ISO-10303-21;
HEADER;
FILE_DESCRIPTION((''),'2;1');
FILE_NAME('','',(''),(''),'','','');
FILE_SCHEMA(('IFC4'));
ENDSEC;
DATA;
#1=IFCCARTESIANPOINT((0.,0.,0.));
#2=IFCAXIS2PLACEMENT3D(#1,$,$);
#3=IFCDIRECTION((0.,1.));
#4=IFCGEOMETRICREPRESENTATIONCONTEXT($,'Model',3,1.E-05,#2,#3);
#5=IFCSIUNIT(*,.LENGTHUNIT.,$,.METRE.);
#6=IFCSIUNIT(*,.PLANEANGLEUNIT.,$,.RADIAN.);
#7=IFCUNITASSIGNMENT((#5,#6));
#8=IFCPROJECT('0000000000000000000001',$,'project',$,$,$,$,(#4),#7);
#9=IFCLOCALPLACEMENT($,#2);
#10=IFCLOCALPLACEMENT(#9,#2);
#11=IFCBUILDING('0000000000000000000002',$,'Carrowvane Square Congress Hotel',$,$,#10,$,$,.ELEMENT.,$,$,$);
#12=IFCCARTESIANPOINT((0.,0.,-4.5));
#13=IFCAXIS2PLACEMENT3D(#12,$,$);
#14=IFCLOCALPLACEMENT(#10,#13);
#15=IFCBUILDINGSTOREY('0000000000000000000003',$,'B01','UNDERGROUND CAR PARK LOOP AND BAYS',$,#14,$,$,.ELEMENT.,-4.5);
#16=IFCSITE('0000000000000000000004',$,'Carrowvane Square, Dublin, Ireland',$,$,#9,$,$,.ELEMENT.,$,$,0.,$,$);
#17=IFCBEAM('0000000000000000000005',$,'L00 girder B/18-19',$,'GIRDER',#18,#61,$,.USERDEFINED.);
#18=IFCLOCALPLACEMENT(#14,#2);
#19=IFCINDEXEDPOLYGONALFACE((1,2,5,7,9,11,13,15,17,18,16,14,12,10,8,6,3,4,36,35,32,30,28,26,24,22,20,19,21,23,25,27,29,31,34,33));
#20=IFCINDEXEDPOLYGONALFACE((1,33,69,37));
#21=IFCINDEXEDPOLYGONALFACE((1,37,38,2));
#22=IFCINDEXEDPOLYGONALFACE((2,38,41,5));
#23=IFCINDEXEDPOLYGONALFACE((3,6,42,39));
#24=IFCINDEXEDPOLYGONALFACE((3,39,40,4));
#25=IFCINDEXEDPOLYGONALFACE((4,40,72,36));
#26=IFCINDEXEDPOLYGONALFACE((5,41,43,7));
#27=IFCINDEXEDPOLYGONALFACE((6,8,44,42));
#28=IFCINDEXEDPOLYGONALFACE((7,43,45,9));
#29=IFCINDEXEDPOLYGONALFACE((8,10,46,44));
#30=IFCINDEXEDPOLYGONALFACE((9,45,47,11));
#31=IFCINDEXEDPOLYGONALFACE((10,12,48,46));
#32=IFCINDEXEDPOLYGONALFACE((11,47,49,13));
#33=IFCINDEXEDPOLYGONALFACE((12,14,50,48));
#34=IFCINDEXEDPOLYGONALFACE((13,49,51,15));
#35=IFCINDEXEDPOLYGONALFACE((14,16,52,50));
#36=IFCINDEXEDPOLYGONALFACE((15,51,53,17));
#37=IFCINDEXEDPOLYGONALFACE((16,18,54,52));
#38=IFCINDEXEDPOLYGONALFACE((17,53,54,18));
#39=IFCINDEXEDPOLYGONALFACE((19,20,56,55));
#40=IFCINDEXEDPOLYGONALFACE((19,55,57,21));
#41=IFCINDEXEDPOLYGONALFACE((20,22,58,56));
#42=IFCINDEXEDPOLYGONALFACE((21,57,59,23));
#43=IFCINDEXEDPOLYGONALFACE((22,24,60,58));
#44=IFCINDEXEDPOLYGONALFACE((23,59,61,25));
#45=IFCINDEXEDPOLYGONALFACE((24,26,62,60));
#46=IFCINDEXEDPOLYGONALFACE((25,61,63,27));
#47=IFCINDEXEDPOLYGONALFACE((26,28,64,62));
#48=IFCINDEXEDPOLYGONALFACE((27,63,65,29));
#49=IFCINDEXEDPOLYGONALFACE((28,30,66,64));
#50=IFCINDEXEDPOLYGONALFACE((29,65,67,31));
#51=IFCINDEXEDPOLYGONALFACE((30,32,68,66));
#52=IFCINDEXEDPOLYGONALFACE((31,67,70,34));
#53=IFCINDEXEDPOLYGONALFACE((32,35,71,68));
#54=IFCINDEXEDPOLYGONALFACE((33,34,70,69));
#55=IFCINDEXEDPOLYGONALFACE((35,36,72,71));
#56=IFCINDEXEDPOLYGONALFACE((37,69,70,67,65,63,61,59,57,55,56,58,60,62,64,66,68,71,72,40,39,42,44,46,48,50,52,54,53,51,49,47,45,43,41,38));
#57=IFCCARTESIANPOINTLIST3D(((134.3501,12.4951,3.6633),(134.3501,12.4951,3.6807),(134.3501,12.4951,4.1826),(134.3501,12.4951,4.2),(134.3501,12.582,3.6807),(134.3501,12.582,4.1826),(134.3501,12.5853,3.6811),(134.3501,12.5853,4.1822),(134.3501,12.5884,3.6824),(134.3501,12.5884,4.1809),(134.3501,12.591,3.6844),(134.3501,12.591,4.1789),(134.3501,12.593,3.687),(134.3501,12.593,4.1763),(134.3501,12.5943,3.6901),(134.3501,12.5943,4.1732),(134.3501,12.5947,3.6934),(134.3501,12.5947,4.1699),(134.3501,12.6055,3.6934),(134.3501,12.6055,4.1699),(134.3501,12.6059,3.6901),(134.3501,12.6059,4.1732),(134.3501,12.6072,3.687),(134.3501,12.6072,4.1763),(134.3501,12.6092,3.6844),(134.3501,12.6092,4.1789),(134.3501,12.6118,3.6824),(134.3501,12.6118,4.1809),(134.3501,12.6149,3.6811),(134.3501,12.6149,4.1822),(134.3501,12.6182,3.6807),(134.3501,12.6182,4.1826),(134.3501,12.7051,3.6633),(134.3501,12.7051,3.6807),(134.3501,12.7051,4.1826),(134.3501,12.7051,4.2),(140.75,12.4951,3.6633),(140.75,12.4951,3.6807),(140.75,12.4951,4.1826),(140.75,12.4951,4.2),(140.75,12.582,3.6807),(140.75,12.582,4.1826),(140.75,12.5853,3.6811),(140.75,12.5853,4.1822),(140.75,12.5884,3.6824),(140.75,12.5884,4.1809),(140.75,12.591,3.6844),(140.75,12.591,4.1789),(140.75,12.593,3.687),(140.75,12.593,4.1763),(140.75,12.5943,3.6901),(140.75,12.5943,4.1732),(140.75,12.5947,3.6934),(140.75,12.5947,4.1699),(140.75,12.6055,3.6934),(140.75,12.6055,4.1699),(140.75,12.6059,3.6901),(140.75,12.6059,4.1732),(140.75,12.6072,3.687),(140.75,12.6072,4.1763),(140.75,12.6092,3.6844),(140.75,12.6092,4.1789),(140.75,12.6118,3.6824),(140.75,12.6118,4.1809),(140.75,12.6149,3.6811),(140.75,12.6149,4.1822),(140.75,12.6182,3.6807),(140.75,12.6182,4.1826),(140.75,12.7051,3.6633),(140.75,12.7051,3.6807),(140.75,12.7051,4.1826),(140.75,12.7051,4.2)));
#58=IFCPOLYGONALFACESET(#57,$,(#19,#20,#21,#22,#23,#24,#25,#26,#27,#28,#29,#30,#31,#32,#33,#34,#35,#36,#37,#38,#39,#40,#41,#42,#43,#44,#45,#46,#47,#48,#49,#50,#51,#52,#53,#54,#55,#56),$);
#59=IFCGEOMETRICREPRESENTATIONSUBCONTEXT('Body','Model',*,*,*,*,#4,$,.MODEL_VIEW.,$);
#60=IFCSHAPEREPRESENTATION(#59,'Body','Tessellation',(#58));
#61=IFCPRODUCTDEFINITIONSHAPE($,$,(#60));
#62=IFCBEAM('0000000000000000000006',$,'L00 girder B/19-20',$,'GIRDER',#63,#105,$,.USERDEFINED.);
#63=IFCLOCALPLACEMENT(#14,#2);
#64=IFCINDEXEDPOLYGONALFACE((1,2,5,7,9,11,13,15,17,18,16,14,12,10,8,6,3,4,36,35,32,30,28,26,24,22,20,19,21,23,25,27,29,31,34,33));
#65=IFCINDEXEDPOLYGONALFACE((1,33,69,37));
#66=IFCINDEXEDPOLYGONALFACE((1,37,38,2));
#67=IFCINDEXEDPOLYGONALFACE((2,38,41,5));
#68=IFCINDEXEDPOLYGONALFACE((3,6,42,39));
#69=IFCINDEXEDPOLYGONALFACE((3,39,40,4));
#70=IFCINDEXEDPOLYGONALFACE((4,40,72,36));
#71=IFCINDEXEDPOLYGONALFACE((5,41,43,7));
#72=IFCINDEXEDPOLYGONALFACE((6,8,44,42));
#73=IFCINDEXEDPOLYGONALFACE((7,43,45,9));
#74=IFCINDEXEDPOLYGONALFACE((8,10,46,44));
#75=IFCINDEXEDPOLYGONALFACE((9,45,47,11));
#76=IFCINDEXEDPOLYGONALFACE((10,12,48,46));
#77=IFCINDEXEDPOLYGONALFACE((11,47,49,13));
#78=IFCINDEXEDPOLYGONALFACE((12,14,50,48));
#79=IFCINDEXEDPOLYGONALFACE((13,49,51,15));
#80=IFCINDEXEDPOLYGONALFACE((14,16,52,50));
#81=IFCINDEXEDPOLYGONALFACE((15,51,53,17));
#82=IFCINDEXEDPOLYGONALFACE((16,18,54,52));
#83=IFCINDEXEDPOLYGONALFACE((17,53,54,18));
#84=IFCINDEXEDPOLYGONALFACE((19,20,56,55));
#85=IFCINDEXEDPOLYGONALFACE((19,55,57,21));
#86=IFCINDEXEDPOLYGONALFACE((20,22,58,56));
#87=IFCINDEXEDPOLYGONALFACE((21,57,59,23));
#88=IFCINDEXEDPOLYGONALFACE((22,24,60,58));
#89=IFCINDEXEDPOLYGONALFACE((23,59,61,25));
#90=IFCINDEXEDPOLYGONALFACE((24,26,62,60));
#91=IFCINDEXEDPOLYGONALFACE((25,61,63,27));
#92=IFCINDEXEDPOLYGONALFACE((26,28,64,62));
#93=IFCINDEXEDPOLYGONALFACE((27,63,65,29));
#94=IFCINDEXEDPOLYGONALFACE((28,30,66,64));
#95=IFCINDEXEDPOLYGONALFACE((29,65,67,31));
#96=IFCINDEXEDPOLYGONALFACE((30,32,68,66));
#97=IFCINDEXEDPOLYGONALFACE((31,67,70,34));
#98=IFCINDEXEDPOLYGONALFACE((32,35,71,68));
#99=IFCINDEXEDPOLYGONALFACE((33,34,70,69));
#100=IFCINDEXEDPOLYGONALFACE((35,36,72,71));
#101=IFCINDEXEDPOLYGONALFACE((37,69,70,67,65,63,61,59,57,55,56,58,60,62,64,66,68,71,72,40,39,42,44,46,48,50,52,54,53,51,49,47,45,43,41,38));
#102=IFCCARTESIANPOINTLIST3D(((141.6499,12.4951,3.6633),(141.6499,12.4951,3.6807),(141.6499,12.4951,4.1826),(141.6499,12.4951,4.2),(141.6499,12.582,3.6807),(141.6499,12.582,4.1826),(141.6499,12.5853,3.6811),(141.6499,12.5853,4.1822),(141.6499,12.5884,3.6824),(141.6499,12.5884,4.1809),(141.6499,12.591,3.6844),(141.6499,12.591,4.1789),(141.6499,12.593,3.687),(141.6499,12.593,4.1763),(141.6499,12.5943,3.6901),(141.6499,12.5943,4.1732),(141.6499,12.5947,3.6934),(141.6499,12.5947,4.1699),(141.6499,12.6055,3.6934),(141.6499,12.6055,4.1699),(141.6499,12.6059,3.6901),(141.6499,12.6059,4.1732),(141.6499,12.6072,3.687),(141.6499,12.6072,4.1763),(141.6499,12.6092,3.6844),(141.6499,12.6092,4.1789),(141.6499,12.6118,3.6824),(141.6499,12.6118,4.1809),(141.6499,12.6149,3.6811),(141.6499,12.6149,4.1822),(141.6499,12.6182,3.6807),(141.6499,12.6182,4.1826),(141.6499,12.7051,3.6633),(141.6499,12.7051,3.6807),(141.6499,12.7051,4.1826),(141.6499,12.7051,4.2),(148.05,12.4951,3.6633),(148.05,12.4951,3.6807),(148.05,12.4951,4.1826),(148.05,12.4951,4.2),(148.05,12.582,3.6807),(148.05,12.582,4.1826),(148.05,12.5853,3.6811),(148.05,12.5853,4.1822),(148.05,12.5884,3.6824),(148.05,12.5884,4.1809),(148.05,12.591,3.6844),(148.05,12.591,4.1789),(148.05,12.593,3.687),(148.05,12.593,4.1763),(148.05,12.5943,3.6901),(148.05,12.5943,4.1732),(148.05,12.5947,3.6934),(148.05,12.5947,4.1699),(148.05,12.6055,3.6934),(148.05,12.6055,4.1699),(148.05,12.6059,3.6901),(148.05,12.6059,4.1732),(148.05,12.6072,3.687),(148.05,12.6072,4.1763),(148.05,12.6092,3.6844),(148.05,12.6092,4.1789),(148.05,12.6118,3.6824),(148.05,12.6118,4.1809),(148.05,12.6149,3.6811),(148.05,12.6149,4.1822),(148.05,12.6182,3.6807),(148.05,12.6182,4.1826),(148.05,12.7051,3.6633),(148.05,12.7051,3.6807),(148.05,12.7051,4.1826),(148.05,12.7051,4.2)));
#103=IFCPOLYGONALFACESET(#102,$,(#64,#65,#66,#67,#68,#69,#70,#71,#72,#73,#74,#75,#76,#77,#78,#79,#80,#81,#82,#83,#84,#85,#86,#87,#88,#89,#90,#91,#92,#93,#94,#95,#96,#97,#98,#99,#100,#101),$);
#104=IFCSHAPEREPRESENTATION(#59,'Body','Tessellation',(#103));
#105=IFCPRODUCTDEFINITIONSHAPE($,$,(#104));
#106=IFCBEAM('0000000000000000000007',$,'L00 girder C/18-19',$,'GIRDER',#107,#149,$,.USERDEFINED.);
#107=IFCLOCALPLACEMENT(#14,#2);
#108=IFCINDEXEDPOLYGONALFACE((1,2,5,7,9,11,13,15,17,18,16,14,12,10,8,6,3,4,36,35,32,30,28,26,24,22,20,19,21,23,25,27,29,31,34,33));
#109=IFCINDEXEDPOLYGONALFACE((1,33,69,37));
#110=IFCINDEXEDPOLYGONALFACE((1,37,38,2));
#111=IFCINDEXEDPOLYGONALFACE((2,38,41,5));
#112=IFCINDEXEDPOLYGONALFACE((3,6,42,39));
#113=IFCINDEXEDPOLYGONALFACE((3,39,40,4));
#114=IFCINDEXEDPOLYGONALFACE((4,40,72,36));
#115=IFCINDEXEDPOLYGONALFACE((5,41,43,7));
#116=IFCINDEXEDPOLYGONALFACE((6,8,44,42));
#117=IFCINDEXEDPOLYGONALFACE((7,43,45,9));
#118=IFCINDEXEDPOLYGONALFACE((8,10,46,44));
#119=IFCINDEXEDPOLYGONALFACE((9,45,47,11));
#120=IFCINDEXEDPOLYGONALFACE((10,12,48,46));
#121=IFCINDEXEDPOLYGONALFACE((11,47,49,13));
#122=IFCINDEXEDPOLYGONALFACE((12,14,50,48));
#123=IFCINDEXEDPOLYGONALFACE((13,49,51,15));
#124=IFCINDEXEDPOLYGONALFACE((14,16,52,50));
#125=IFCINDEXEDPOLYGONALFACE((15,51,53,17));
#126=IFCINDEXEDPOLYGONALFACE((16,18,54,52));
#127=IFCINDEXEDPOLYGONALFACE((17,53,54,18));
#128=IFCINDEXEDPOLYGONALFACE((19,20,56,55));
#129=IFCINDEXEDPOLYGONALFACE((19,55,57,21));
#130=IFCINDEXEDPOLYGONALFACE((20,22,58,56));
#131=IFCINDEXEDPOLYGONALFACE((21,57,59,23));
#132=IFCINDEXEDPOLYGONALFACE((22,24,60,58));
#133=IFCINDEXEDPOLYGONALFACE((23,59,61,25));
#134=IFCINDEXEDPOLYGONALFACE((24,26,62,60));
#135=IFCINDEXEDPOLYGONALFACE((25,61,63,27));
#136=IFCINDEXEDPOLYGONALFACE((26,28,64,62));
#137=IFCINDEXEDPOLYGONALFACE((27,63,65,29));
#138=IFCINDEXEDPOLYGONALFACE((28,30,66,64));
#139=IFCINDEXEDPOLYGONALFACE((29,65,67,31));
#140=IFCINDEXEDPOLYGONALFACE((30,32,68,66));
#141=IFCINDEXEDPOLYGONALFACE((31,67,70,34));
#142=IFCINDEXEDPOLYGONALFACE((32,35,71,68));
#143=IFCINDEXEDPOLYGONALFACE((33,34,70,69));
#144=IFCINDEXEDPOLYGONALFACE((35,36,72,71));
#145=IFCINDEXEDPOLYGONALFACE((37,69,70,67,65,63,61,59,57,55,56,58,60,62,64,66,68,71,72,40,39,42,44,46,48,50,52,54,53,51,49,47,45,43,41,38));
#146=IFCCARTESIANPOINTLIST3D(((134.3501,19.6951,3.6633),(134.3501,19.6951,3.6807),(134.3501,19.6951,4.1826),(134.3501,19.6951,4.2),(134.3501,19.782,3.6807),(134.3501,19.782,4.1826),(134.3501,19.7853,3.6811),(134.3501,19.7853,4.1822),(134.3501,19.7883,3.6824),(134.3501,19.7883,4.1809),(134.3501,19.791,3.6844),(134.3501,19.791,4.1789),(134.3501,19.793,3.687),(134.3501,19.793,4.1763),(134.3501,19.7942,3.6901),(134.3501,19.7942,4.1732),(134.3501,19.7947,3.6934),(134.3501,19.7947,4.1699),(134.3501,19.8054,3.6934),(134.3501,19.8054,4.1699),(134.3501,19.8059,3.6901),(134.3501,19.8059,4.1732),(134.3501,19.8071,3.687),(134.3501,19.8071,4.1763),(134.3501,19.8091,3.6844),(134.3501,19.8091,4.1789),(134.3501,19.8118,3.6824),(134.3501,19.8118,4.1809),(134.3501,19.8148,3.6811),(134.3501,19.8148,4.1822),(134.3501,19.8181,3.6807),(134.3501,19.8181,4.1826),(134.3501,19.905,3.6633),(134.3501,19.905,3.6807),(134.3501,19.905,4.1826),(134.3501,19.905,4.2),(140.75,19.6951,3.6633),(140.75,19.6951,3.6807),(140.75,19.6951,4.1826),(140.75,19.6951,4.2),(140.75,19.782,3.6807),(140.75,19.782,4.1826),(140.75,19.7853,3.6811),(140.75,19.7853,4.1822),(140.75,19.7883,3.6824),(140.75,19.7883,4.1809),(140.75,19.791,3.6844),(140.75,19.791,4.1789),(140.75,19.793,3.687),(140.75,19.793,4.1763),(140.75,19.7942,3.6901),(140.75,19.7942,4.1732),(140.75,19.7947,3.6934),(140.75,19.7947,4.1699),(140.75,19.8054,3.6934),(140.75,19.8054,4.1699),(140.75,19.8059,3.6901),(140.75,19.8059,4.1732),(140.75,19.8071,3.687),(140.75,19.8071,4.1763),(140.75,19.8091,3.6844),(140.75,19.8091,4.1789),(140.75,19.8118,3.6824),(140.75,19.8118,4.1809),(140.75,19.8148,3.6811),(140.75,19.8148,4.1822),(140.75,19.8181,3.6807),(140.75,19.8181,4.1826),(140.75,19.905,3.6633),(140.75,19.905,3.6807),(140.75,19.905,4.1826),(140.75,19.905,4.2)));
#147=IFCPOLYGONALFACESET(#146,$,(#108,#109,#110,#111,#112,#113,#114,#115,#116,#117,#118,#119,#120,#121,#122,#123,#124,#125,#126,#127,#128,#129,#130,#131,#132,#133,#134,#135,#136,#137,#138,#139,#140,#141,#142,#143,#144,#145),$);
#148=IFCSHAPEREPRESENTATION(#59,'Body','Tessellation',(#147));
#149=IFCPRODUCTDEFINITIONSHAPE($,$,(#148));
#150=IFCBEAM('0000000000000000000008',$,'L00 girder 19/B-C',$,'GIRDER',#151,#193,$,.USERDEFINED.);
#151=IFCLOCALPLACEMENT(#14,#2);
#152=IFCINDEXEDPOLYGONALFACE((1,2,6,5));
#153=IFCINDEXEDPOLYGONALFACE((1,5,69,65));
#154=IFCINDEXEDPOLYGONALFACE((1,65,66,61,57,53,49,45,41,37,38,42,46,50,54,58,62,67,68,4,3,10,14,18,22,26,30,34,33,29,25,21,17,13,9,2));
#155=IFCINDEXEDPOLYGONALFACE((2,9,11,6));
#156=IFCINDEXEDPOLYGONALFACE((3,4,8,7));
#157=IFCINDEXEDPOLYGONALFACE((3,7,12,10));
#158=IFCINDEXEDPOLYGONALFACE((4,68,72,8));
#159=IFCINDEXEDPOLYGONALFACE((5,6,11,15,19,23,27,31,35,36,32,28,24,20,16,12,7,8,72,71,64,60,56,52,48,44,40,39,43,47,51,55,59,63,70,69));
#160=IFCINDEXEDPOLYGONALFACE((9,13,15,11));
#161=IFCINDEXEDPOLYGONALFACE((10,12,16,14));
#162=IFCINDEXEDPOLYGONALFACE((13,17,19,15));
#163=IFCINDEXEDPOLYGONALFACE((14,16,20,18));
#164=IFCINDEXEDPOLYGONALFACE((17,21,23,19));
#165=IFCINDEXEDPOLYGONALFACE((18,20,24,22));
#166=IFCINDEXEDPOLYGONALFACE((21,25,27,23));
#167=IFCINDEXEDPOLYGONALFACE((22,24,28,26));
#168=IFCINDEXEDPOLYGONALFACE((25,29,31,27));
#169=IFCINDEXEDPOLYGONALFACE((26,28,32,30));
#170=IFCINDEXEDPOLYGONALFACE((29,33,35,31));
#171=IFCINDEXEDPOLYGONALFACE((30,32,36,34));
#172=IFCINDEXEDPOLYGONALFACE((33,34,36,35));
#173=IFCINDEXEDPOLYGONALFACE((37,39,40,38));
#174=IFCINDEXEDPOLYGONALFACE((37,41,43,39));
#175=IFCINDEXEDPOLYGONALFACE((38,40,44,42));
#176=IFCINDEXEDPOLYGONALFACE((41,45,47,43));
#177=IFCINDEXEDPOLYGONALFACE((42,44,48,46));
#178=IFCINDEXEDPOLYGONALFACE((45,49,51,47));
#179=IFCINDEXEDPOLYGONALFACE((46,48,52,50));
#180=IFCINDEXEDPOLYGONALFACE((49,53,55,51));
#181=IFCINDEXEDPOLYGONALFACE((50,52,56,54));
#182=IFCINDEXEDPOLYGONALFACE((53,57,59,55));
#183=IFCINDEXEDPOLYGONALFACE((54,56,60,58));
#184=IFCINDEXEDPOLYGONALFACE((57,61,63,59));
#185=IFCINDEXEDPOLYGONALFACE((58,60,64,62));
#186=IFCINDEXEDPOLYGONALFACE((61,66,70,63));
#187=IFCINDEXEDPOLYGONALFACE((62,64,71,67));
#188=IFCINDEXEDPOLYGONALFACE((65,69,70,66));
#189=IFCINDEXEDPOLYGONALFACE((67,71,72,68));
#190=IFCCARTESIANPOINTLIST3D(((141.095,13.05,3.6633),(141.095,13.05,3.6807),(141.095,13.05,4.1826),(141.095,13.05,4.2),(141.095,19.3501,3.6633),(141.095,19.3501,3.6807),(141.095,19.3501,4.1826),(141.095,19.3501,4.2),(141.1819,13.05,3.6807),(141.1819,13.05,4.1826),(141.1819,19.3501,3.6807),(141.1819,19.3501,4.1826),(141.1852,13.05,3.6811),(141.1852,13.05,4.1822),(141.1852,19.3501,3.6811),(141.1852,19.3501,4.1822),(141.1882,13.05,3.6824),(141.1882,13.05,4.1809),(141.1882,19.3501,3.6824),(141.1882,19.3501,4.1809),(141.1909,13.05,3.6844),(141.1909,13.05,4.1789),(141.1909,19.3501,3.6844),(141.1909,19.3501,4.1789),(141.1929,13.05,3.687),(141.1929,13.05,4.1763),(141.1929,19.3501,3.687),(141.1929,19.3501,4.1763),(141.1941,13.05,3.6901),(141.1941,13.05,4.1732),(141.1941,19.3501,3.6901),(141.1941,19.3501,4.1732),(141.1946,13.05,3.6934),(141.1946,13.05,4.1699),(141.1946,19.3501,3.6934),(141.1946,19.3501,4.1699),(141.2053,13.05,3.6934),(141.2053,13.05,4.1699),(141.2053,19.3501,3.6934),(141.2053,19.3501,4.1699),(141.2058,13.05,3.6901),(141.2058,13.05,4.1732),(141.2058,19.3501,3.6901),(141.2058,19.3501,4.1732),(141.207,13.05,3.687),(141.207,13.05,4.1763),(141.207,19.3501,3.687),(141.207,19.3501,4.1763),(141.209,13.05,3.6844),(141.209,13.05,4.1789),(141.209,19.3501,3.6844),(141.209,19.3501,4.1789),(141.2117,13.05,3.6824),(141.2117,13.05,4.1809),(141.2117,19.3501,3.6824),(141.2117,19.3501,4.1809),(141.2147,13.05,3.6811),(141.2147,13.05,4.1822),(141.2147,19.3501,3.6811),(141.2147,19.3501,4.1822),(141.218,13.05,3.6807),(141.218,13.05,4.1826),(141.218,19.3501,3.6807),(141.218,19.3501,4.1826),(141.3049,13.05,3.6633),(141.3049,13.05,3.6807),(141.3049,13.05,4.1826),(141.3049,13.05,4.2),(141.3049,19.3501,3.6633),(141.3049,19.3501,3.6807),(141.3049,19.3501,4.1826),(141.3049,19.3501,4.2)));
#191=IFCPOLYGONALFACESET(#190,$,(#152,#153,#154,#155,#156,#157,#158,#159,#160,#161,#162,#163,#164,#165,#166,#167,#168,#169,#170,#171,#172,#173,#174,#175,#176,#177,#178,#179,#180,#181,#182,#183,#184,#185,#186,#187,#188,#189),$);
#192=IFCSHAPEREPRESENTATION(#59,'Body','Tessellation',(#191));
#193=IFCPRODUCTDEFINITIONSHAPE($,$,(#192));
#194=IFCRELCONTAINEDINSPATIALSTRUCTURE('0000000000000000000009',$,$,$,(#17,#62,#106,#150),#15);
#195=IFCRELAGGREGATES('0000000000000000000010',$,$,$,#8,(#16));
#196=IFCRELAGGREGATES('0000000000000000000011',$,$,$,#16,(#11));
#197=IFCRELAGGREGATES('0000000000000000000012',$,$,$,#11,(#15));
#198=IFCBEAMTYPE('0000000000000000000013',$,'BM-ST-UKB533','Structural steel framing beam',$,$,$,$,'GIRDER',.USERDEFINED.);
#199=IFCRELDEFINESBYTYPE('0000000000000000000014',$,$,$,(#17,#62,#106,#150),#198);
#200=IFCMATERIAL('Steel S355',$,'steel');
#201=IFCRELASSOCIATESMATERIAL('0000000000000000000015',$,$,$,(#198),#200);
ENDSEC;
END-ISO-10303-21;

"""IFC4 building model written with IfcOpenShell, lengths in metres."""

from ifc_helpers import new_model, si_unit, direction, frame, origin, origin_2d, place, context, subcontext, project, spatial, i_section, extrude, material, material_profile, profile_set, type_object, element, save


model = new_model("IFC4")

# Units and contexts
model_context = context("Model", 3, precision=1e-05, world=origin(), true_north=direction((0.0, 1.0)))
body_context = subcontext(model_context, "Body", "Model", "MODEL_VIEW")
ifc_project = project(units=[si_unit("LENGTHUNIT", "METRE"), si_unit("PLANEANGLEUNIT", "RADIAN")], contexts=[model_context])

# Site, building, storey
site_placement = place(None, origin())
site = spatial("IfcSite", under=ifc_project, at=site_placement, Name="Carrowvane Square, Dublin, Ireland", CompositionType="ELEMENT", RefElevation=0.0)
building_placement = place(site_placement, origin())
building = spatial("IfcBuilding", under=site, at=building_placement, Name="Carrowvane Square Congress Hotel", CompositionType="ELEMENT")
storey_placement = place(building_placement, frame((0.0, 0.0, -4.5)))
storey = spatial("IfcBuildingStorey", under=building, at=storey_placement, Name="B01", Description="UNDERGROUND CAR PARK LOOP AND BAYS", CompositionType="ELEMENT", Elevation=-4.5)

# Beams
ifc_material_1 = material(Name="Steel S355", Category="steel")
ifc_material_profile_1 = material_profile(ifc_material_1, i_section(OverallWidth=0.21, OverallDepth=0.5366, WebThickness=0.0107, FlangeThickness=0.0173, FilletRadius=0.0127, at=origin_2d()), Name="UKB 533x210x101")
ifc_profile_set_1 = profile_set([ifc_material_profile_1], Name="Steel S355")
beam_type_1 = type_object("IfcBeamType", Name="BM-ST-UKB533", Description="Structural steel framing beam", ElementType="GIRDER", PredefinedType="USERDEFINED", material=ifc_profile_set_1)
beam_1_placement = place(storey_placement, frame((134.3501, 12.6001, 3.9316), z_axis=(1.0, 0.0, 0.0), x_axis=(0.0, 1.0, 0.0)))
element("IfcBeam", 1, at=beam_1_placement, inside=storey, type_object=beam_type_1, Name="L00 girder B/18-19", ObjectType="GIRDER", PredefinedType="USERDEFINED", context=body_context, shape_type="SweptSolid", body=[
    extrude(i_section(OverallWidth=0.21, OverallDepth=0.5366, WebThickness=0.0107, FlangeThickness=0.0173, FilletRadius=0.0127, at=origin_2d()), origin(), (0.0, 0.0, 1.0), 6.3999),
])
beam_2_placement = place(storey_placement, frame((141.6499, 12.6001, 3.9316), z_axis=(1.0, 0.0, 0.0), x_axis=(0.0, 1.0, 0.0)))
element("IfcBeam", 2, at=beam_2_placement, inside=storey, type_object=beam_type_1, Name="L00 girder B/19-20", ObjectType="GIRDER", PredefinedType="USERDEFINED", context=body_context, shape_type="SweptSolid", body=[
    extrude(i_section(OverallWidth=0.21, OverallDepth=0.5366, WebThickness=0.0107, FlangeThickness=0.0173, FilletRadius=0.0127, at=origin_2d()), origin(), (0.0, 0.0, 1.0), 6.4001),
])
beam_3_placement = place(storey_placement, frame((134.3501, 19.8, 3.9316), z_axis=(1.0, 0.0, 0.0), x_axis=(0.0, 1.0, 0.0)))
element("IfcBeam", 3, at=beam_3_placement, inside=storey, type_object=beam_type_1, Name="L00 girder C/18-19", ObjectType="GIRDER", PredefinedType="USERDEFINED", context=body_context, shape_type="SweptSolid", body=[
    extrude(i_section(OverallWidth=0.21, OverallDepth=0.5366, WebThickness=0.0107, FlangeThickness=0.0173, FilletRadius=0.0127, at=origin_2d()), origin(), (0.0, 0.0, 1.0), 6.3999),
])
beam_4_placement = place(storey_placement, frame((141.2, 13.05, 3.9316), z_axis=(0.0, 1.0, 0.0), x_axis=(-1.0, 0.0, 0.0)))
element("IfcBeam", 4, at=beam_4_placement, inside=storey, type_object=beam_type_1, Name="L00 girder 19/B-C", ObjectType="GIRDER", PredefinedType="USERDEFINED", context=body_context, shape_type="SweptSolid", body=[
    extrude(i_section(OverallWidth=0.21, OverallDepth=0.5366, WebThickness=0.0107, FlangeThickness=0.0173, FilletRadius=0.0127, at=origin_2d()), origin(), (0.0, 0.0, 1.0), 6.3),
])

save(model, "model.ifc")
